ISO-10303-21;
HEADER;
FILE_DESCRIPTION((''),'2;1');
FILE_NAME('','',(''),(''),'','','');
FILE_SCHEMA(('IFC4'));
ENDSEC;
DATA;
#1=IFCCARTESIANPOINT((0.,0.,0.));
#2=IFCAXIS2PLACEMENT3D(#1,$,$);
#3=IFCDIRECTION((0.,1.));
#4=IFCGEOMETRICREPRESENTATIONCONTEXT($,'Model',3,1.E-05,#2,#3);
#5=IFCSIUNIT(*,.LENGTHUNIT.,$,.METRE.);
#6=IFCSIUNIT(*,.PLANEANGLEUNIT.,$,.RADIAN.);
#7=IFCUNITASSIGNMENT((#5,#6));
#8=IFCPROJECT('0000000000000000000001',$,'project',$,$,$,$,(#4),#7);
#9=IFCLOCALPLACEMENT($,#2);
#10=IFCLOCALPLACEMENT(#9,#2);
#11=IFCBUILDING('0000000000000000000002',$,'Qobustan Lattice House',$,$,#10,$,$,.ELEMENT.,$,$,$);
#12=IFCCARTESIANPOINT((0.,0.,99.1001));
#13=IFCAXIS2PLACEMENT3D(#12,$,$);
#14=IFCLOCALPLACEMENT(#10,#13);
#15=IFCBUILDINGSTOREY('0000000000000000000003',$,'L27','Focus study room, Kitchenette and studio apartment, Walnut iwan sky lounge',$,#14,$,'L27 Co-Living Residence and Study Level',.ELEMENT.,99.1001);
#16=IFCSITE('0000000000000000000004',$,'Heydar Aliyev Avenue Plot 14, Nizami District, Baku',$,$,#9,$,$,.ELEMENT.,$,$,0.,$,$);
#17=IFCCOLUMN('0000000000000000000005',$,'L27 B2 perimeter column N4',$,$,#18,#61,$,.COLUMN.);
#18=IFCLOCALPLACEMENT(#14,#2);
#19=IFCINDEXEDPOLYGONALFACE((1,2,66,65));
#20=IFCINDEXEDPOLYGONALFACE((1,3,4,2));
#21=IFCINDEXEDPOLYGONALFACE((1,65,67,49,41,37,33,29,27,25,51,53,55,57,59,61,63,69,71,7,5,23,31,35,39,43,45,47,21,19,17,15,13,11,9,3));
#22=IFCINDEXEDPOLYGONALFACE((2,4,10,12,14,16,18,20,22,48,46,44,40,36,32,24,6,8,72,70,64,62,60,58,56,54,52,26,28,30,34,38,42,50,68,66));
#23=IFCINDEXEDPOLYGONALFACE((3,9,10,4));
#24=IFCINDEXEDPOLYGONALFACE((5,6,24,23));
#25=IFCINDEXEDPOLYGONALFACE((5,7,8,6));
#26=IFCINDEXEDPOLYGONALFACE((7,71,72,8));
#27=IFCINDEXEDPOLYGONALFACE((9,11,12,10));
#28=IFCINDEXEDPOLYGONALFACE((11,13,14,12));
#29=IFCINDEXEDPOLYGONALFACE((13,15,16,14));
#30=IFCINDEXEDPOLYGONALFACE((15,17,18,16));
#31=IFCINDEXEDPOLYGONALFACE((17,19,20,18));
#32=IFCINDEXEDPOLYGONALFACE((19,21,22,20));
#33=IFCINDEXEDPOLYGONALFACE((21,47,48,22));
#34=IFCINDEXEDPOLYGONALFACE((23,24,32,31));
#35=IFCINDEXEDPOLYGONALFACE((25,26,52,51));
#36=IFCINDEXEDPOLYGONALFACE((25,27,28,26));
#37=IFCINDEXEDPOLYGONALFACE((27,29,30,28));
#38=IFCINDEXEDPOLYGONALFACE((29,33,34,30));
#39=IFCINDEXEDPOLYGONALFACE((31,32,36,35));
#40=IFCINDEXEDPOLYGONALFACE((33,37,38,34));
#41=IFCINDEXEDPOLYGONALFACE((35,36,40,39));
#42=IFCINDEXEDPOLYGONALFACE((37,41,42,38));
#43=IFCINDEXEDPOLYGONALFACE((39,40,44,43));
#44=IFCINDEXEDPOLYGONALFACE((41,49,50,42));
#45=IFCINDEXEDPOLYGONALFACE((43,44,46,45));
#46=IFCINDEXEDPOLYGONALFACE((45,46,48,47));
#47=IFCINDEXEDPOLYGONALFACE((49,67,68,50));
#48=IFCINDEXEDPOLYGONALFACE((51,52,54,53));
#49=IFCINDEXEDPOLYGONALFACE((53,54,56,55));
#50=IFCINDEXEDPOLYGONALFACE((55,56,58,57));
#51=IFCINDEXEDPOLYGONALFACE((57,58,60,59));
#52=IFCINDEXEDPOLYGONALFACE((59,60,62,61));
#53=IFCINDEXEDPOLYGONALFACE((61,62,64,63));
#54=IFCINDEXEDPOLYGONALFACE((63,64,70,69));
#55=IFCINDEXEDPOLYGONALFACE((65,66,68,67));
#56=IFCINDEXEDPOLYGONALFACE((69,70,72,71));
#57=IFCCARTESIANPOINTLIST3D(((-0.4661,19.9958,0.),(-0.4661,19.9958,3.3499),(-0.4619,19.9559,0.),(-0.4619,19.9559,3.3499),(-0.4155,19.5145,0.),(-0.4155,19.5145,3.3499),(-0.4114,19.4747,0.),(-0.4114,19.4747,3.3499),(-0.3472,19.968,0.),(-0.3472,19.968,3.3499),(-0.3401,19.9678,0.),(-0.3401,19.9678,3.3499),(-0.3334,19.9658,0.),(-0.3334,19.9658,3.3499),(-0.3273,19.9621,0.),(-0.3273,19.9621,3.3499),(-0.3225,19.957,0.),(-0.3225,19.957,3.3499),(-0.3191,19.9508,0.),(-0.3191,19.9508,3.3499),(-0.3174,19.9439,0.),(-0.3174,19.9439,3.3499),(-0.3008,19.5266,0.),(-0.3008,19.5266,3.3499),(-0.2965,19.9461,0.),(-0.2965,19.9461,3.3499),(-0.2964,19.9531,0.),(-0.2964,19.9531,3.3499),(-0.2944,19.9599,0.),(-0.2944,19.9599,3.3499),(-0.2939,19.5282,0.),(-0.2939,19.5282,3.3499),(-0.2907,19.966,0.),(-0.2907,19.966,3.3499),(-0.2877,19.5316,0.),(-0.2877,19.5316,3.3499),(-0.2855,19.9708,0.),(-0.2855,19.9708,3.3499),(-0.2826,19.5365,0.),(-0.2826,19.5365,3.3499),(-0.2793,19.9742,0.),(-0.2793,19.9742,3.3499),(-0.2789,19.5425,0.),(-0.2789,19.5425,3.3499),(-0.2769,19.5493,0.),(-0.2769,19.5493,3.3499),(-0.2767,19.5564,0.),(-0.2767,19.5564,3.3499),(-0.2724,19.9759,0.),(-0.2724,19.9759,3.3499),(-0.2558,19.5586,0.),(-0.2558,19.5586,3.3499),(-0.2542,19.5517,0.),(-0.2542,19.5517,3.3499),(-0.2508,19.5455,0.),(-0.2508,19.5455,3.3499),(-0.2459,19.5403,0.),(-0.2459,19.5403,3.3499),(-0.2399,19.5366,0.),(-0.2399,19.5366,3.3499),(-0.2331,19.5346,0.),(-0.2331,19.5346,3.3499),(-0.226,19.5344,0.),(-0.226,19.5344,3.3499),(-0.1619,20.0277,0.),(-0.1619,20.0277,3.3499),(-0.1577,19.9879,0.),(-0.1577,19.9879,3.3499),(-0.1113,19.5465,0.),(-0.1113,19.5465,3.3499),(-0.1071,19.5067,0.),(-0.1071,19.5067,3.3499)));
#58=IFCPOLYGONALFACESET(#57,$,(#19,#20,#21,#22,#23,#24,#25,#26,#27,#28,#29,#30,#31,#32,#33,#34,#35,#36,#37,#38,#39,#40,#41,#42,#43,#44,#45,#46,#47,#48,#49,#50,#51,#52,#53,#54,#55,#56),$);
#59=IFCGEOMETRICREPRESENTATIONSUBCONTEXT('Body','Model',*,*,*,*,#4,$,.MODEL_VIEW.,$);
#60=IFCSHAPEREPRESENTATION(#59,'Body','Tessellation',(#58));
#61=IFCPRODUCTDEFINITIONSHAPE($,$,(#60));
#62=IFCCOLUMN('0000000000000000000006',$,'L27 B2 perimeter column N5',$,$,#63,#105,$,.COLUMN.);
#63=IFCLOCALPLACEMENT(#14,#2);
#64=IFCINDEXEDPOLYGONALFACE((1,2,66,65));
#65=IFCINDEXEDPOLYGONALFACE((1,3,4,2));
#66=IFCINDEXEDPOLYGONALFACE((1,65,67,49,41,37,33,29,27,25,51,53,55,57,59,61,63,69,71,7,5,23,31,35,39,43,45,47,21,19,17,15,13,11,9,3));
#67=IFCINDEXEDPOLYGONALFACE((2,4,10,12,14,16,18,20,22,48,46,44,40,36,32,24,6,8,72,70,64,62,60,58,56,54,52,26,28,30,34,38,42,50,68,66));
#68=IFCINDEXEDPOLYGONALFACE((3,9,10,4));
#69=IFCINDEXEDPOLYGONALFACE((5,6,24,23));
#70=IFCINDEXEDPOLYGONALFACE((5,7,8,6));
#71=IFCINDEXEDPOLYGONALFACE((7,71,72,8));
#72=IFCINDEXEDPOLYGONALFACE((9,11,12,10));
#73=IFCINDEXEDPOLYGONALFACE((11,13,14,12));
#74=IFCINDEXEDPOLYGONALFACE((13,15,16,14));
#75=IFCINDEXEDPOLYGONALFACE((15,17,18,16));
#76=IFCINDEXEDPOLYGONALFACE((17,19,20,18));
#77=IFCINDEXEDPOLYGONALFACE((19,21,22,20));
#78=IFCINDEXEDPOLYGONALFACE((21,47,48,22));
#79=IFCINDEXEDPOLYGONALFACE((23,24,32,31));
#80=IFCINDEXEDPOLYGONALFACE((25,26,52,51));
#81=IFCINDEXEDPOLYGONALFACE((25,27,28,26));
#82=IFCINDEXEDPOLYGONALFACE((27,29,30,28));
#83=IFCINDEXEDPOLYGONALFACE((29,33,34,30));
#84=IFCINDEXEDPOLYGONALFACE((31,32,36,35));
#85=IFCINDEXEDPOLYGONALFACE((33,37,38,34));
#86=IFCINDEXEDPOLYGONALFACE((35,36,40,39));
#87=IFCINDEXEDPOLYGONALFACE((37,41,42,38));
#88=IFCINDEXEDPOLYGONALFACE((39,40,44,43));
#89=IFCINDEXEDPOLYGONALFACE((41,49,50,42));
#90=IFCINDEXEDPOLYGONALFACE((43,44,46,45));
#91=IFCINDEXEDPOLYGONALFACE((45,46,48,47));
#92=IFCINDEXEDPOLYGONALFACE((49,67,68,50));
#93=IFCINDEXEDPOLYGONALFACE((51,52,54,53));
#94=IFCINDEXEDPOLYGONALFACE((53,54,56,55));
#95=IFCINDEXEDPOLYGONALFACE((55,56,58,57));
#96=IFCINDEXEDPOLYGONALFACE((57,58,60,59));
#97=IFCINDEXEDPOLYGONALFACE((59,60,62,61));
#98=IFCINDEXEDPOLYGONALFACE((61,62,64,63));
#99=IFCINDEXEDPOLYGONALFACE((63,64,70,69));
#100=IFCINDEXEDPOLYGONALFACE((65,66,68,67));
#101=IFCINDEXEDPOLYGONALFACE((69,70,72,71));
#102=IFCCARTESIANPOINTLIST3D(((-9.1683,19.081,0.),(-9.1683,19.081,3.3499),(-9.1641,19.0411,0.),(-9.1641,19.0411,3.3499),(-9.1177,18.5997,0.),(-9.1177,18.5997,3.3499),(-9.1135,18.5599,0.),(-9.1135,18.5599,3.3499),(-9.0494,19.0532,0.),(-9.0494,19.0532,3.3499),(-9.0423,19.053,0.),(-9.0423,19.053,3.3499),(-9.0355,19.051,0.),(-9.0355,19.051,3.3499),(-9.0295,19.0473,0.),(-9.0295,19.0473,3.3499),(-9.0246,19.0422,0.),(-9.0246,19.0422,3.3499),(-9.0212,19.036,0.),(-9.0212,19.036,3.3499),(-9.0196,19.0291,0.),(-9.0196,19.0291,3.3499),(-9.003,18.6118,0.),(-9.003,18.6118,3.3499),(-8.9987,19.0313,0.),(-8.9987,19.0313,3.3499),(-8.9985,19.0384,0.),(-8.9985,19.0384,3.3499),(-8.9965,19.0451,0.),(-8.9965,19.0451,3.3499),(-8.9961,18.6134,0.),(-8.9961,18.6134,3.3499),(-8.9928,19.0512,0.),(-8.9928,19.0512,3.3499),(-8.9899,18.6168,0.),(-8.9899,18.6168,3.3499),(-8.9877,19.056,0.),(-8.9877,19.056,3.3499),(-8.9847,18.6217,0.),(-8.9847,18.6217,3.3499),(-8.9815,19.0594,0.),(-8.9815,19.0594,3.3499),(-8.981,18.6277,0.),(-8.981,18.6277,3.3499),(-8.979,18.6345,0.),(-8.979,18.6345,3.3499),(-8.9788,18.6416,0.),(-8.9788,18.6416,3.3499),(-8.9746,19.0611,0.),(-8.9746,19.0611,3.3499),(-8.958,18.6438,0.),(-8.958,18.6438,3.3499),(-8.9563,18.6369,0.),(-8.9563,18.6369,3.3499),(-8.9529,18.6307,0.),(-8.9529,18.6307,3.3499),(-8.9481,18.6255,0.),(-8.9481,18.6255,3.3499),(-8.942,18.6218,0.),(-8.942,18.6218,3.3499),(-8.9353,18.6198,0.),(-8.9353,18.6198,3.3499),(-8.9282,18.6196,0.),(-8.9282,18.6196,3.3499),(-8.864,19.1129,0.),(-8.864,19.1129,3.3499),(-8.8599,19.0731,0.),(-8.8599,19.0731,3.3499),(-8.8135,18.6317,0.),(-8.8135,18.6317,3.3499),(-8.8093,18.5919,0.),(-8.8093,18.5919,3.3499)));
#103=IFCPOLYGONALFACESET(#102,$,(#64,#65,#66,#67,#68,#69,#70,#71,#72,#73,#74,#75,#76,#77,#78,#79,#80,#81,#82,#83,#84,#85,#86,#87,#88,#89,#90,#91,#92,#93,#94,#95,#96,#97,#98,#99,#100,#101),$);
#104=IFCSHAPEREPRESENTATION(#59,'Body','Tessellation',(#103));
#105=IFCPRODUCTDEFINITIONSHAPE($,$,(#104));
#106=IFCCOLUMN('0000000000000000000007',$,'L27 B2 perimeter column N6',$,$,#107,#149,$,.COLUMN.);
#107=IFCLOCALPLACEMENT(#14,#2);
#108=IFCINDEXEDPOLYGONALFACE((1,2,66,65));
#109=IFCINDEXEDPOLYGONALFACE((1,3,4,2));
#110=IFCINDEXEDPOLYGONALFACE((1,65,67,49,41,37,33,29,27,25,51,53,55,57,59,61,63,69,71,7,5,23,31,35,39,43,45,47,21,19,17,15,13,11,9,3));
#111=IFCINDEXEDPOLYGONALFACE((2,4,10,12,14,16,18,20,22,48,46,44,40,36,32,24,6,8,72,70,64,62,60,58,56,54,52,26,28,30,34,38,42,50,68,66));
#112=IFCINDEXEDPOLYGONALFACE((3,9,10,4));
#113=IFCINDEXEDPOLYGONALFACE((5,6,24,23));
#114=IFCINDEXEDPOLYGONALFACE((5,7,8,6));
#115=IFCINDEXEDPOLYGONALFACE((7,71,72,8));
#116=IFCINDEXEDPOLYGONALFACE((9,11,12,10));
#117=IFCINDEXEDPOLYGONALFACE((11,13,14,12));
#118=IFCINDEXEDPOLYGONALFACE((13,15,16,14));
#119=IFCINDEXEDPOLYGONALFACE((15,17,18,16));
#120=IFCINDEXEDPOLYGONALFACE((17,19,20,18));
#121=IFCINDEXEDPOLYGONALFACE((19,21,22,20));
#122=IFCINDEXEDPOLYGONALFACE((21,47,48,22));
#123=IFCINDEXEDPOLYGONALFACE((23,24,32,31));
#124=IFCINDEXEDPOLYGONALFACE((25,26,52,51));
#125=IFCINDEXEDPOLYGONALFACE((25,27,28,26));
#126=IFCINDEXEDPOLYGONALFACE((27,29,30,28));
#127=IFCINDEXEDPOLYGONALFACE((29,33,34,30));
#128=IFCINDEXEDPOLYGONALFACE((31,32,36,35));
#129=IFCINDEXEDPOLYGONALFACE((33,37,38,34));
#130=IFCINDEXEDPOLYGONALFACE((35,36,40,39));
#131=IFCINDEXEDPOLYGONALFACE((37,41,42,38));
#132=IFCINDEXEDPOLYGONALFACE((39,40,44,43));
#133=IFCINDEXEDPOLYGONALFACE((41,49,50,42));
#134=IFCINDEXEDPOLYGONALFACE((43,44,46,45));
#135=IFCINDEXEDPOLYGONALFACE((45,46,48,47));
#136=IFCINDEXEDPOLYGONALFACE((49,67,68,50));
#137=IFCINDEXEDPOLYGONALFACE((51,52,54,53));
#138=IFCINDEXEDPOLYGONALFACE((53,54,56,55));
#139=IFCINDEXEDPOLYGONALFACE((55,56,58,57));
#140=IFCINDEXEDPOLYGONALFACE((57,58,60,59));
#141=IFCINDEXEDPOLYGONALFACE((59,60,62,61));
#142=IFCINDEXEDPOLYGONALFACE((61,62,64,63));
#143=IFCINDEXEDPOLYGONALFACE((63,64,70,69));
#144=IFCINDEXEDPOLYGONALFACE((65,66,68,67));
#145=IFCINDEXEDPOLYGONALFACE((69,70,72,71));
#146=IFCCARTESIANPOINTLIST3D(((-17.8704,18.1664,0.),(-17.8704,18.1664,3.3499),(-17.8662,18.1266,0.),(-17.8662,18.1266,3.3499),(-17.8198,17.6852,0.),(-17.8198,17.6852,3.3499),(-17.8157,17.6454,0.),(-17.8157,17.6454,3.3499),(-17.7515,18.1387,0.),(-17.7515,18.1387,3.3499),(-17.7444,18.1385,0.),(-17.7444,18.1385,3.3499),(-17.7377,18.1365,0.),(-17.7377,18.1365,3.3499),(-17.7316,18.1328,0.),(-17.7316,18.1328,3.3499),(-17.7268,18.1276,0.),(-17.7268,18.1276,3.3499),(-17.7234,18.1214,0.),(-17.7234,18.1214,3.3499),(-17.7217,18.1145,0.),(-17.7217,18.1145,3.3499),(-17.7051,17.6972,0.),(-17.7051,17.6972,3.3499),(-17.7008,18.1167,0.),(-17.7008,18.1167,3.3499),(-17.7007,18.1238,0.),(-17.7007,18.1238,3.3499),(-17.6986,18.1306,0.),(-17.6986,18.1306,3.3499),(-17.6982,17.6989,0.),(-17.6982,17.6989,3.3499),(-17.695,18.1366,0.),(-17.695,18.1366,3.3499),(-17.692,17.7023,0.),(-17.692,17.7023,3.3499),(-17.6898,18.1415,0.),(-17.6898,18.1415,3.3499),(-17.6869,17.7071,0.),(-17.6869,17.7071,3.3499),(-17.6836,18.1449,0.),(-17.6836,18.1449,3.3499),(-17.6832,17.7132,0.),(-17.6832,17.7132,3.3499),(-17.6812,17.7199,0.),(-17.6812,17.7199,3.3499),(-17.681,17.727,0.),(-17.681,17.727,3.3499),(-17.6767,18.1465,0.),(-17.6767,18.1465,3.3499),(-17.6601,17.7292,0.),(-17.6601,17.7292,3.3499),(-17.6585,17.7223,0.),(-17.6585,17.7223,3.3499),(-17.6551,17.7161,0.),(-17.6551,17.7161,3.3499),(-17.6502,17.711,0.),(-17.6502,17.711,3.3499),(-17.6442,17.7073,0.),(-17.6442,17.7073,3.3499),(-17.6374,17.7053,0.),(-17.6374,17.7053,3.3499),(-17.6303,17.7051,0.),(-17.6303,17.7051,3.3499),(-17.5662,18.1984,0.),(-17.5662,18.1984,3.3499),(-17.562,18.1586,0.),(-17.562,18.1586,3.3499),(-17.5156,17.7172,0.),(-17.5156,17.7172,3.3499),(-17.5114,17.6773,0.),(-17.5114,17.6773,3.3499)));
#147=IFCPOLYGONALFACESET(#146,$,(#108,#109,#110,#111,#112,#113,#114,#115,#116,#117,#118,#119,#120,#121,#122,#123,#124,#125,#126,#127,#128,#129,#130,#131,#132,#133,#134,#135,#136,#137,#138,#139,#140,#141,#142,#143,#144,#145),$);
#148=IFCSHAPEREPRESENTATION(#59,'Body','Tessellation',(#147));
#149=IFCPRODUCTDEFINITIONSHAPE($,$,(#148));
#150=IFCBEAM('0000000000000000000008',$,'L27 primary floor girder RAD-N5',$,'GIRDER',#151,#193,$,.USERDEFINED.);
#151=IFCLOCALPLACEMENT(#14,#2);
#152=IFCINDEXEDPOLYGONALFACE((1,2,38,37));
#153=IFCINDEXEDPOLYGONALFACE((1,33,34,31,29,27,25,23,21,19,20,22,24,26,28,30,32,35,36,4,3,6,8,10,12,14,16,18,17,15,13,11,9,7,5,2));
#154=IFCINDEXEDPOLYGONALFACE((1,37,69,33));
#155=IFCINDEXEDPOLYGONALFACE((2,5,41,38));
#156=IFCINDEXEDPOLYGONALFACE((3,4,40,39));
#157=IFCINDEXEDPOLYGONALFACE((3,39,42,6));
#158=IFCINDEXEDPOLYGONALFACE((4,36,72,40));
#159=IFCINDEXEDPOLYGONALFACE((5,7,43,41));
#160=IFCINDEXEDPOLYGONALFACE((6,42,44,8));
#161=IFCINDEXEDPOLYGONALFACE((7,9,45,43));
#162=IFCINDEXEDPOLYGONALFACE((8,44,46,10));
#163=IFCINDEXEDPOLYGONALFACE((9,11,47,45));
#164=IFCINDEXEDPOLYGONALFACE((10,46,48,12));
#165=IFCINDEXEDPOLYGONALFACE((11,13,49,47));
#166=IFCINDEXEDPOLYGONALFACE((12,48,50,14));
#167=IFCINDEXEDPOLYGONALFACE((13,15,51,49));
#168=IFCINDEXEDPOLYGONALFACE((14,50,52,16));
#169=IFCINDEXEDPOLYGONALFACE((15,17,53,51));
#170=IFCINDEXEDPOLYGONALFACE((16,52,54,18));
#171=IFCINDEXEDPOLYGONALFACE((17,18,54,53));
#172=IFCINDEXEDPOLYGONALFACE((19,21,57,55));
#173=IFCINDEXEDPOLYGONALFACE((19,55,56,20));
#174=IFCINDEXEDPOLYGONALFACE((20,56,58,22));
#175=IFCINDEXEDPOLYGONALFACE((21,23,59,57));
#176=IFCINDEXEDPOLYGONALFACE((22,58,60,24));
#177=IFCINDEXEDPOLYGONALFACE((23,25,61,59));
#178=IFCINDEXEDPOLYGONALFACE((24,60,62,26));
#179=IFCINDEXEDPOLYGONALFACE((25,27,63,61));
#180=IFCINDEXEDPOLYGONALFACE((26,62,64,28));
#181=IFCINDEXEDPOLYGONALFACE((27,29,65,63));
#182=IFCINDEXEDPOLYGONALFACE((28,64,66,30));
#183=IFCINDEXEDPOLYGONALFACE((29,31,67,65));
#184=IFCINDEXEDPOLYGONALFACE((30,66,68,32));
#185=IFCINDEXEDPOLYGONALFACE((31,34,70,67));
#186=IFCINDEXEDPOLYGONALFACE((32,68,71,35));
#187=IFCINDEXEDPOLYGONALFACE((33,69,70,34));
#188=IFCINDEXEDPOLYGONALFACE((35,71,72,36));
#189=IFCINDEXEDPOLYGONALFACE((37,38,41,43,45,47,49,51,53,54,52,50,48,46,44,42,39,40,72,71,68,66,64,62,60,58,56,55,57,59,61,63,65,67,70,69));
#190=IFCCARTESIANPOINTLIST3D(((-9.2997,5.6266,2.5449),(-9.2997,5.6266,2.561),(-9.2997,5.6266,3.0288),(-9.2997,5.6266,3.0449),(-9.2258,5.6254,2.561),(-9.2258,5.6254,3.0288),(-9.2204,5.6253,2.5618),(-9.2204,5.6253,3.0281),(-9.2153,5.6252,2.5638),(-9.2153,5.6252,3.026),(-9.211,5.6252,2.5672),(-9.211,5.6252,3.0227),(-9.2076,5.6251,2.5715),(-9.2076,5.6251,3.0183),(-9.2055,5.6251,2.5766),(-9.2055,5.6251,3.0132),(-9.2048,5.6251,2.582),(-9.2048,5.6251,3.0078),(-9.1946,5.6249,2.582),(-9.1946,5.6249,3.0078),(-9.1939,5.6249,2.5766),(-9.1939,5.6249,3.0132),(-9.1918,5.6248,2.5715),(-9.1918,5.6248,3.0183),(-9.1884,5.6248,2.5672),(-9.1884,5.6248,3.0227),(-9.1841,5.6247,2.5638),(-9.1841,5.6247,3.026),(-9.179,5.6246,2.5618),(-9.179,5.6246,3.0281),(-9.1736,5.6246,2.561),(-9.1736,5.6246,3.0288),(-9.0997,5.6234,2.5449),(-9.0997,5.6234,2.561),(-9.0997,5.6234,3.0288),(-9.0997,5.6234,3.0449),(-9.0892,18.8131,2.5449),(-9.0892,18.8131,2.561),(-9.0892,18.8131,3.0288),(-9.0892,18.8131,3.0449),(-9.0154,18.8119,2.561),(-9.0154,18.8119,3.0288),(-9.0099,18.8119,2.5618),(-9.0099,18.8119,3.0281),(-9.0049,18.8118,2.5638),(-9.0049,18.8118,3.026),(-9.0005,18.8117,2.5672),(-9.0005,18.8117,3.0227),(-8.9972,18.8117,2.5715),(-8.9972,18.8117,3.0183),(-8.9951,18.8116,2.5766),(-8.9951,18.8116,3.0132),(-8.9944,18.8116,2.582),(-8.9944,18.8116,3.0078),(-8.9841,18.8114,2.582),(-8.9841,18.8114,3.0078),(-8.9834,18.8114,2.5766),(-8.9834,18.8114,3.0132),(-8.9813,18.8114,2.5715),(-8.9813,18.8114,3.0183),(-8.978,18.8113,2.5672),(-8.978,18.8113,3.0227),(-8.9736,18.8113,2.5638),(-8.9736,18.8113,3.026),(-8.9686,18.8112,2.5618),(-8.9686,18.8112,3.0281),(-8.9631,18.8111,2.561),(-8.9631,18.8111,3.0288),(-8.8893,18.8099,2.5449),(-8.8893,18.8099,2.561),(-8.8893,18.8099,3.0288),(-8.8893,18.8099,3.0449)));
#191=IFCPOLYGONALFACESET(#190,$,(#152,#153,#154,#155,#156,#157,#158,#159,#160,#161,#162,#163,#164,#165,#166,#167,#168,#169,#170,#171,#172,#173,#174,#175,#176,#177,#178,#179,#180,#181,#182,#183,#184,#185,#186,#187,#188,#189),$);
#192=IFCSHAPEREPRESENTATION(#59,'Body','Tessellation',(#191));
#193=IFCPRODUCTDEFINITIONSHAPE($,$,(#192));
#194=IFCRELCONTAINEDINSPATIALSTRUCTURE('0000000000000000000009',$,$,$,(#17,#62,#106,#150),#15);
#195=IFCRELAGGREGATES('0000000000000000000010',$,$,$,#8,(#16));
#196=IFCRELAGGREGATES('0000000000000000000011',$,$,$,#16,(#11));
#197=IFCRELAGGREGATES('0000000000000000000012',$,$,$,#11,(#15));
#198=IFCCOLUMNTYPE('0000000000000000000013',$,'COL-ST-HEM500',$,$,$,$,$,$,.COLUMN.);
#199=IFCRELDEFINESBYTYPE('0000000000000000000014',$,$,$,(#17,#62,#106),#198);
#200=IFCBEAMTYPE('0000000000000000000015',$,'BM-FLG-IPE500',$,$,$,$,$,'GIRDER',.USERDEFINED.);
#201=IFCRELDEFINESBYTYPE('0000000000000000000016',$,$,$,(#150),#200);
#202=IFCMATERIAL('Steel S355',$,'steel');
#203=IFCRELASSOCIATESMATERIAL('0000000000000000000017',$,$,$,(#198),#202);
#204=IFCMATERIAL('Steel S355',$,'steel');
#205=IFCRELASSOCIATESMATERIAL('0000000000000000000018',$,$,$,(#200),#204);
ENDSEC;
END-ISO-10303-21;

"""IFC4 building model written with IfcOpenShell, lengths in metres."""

from ifc_helpers import new_model, si_unit, direction, frame, origin, origin_2d, place, context, subcontext, project, spatial, i_section, extrude, material, material_profile, profile_set, type_object, element, save


model = new_model("IFC4")

# Units and contexts
model_context = context("Model", 3, precision=1e-05, world=origin(), true_north=direction((0.0, 1.0)))
body_context = subcontext(model_context, "Body", "Model", "MODEL_VIEW")
ifc_project = project(units=[si_unit("LENGTHUNIT", "METRE"), si_unit("PLANEANGLEUNIT", "RADIAN")], contexts=[model_context])

# Site, building, storey
site_placement = place(None, origin())
site = spatial("IfcSite", under=ifc_project, at=site_placement, Name="Heydar Aliyev Avenue Plot 14, Nizami District, Baku", CompositionType="ELEMENT", RefElevation=0.0)
building_placement = place(site_placement, origin())
building = spatial("IfcBuilding", under=site, at=building_placement, Name="Qobustan Lattice House", CompositionType="ELEMENT")
storey_placement = place(building_placement, frame((0.0, 0.0, 99.1001)))
storey = spatial("IfcBuildingStorey", under=building, at=storey_placement, Name="L27", Description="Focus study room, Kitchenette and studio apartment, Walnut iwan sky lounge", LongName="L27 Co-Living Residence and Study Level", CompositionType="ELEMENT", Elevation=99.1001)

# Columns
ifc_material_1 = material(Name="Steel S355", Category="steel")
ifc_material_profile_1 = material_profile(ifc_material_1, i_section(OverallWidth=0.3059, OverallDepth=0.5239, WebThickness=0.021, FlangeThickness=0.04, FilletRadius=0.0271, at=origin_2d()), Name="HEM500")
ifc_profile_set_1 = profile_set([ifc_material_profile_1], Name="Steel S355")
column_type = type_object("IfcColumnType", Name="COL-ST-HEM500", PredefinedType="COLUMN", material=ifc_profile_set_1)
for number, where, z_axis, x_axis, name in (
    (1, (-0.2866, 19.7512, 0.0), (0.0, 0.0, 1.0), (0.994522, 0.104528, 0.0), "L27 B2 perimeter column N4"),
    (2, (-8.9888, 18.8364, 0.0), (0.0, 0.0, 1.0), (0.994522, 0.104528, 0.0), "L27 B2 perimeter column N5"),
    (3, (-17.6909, 17.9219, 0.0), (0.0, 0.0, 1.0), (0.994522, 0.104528, 0.0), "L27 B2 perimeter column N6"),
):
    element("IfcColumn", number, at=place(storey_placement, frame(where, z_axis=z_axis, x_axis=x_axis)), inside=storey, type_object=column_type, Name=name, PredefinedType="COLUMN", context=body_context, shape_type="SweptSolid", body=[
        extrude(i_section(OverallWidth=0.3059, OverallDepth=0.5239, WebThickness=0.021, FlangeThickness=0.04, FilletRadius=0.0271, at=origin_2d()), origin(), (0.0, 0.0, 1.0), 3.3499),
    ])

# Beam
ifc_material_2 = material(Name="Steel S355", Category="steel")
ifc_material_profile_2 = material_profile(ifc_material_2, i_section(OverallWidth=0.2, OverallDepth=0.5, WebThickness=0.0103, FlangeThickness=0.0161, FilletRadius=0.021, at=origin_2d()), Name="IPE500")
ifc_profile_set_2 = profile_set([ifc_material_profile_2], Name="Steel S355")
beam_type_1 = type_object("IfcBeamType", Name="BM-FLG-IPE500", ElementType="GIRDER", PredefinedType="USERDEFINED", material=ifc_profile_set_2)
beam_1_placement = place(storey_placement, frame((-8.9893, 18.8115, 2.7949), z_axis=(-0.015957, -0.999873, 0.0), x_axis=(0.999873, -0.015957, 0.0)))
element("IfcBeam", 4, at=beam_1_placement, inside=storey, type_object=beam_type_1, Name="L27 primary floor girder RAD-N5", ObjectType="GIRDER", PredefinedType="USERDEFINED", context=body_context, shape_type="SweptSolid", body=[
    extrude(i_section(OverallWidth=0.2, OverallDepth=0.5, WebThickness=0.0103, FlangeThickness=0.0161, FilletRadius=0.021, at=origin_2d()), origin(), (0.0, 0.0, 1.0), 13.1882),
])

save(model, "model.ifc")
